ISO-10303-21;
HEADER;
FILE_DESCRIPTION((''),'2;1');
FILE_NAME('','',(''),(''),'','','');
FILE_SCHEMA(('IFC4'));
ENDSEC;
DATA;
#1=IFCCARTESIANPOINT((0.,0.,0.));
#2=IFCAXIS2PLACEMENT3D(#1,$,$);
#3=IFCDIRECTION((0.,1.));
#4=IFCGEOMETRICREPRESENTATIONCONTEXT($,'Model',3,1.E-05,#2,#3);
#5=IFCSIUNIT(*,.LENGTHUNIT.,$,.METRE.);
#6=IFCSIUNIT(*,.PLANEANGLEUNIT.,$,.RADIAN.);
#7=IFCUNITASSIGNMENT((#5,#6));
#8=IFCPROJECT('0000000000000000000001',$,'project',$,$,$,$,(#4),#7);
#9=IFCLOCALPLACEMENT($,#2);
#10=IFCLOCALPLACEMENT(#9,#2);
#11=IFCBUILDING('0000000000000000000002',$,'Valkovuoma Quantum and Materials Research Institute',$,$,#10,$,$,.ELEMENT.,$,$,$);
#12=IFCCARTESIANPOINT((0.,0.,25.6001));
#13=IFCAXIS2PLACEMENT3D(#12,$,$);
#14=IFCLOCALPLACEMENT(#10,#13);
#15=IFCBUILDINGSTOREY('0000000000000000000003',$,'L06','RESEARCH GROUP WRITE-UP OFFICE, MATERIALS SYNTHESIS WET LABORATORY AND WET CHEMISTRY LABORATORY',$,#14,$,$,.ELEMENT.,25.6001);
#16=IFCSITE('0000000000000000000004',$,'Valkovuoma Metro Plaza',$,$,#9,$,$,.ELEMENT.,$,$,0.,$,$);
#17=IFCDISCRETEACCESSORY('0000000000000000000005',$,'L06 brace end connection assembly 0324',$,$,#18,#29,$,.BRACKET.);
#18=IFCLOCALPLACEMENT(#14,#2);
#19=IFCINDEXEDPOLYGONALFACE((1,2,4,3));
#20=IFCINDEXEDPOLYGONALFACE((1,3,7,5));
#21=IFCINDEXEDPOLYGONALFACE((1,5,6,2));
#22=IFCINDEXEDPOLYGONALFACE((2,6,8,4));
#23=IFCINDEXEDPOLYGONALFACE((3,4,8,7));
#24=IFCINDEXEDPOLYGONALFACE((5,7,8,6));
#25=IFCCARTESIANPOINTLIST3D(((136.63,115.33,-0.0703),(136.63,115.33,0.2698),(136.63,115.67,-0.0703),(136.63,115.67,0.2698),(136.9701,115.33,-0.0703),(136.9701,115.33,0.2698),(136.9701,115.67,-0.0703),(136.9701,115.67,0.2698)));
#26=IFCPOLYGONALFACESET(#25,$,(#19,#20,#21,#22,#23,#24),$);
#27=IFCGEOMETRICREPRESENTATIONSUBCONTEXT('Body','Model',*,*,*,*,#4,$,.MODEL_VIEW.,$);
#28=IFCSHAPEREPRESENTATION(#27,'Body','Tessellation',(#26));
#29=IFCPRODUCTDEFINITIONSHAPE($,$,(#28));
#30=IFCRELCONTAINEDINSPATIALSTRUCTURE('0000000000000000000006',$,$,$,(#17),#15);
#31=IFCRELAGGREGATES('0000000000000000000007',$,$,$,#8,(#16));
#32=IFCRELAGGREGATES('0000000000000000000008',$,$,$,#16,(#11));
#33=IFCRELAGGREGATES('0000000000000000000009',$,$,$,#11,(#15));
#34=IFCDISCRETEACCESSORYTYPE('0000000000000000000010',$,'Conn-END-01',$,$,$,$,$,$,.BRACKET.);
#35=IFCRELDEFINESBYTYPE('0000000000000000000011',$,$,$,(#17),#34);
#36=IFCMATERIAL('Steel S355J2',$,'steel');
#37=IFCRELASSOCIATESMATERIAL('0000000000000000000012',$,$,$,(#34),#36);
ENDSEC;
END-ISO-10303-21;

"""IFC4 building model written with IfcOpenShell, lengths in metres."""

from ifc_helpers import new_model, si_unit, direction, frame, origin, origin_2d, place, context, subcontext, project, spatial, rectangle, extrude, material, type_object, element, save


model = new_model("IFC4")

# Units and contexts
model_context = context("Model", 3, precision=1e-05, world=origin(), true_north=direction((0.0, 1.0)))
body_context = subcontext(model_context, "Body", "Model", "MODEL_VIEW")
ifc_project = project(units=[si_unit("LENGTHUNIT", "METRE"), si_unit("PLANEANGLEUNIT", "RADIAN")], contexts=[model_context])

# Site, building, storey
site_placement = place(None, origin())
site = spatial("IfcSite", under=ifc_project, at=site_placement, Name="Valkovuoma Metro Plaza", CompositionType="ELEMENT", RefElevation=0.0)
building_placement = place(site_placement, origin())
building = spatial("IfcBuilding", under=site, at=building_placement, Name="Valkovuoma Quantum and Materials Research Institute", CompositionType="ELEMENT")
storey_placement = place(building_placement, frame((0.0, 0.0, 25.6001)))
storey = spatial("IfcBuildingStorey", under=building, at=storey_placement, Name="L06", Description="RESEARCH GROUP WRITE-UP OFFICE, MATERIALS SYNTHESIS WET LABORATORY AND WET CHEMISTRY LABORATORY", CompositionType="ELEMENT", Elevation=25.6001)

# Discrete accessory
ifc_material_1 = material(Name="Steel S355J2", Category="steel")
discrete_accessory_type_1 = type_object("IfcDiscreteAccessoryType", Name="Conn-END-01", PredefinedType="BRACKET", material=ifc_material_1)
discrete_accessory_1_placement = place(storey_placement, frame((136.8, 115.5, -0.0703), z_axis=(0.0, 0.0, 1.0), x_axis=(1.0, 0.0, 0.0)))
element("IfcDiscreteAccessory", 1, at=discrete_accessory_1_placement, inside=storey, type_object=discrete_accessory_type_1, Name="L06 brace end connection assembly 0324", PredefinedType="BRACKET", context=body_context, shape_type="SweptSolid", body=[
    extrude(rectangle(XDim=0.3401, YDim=0.3401, at=origin_2d()), origin(), (0.0, 0.0, 1.0), 0.3401),
])

save(model, "model.ifc")
